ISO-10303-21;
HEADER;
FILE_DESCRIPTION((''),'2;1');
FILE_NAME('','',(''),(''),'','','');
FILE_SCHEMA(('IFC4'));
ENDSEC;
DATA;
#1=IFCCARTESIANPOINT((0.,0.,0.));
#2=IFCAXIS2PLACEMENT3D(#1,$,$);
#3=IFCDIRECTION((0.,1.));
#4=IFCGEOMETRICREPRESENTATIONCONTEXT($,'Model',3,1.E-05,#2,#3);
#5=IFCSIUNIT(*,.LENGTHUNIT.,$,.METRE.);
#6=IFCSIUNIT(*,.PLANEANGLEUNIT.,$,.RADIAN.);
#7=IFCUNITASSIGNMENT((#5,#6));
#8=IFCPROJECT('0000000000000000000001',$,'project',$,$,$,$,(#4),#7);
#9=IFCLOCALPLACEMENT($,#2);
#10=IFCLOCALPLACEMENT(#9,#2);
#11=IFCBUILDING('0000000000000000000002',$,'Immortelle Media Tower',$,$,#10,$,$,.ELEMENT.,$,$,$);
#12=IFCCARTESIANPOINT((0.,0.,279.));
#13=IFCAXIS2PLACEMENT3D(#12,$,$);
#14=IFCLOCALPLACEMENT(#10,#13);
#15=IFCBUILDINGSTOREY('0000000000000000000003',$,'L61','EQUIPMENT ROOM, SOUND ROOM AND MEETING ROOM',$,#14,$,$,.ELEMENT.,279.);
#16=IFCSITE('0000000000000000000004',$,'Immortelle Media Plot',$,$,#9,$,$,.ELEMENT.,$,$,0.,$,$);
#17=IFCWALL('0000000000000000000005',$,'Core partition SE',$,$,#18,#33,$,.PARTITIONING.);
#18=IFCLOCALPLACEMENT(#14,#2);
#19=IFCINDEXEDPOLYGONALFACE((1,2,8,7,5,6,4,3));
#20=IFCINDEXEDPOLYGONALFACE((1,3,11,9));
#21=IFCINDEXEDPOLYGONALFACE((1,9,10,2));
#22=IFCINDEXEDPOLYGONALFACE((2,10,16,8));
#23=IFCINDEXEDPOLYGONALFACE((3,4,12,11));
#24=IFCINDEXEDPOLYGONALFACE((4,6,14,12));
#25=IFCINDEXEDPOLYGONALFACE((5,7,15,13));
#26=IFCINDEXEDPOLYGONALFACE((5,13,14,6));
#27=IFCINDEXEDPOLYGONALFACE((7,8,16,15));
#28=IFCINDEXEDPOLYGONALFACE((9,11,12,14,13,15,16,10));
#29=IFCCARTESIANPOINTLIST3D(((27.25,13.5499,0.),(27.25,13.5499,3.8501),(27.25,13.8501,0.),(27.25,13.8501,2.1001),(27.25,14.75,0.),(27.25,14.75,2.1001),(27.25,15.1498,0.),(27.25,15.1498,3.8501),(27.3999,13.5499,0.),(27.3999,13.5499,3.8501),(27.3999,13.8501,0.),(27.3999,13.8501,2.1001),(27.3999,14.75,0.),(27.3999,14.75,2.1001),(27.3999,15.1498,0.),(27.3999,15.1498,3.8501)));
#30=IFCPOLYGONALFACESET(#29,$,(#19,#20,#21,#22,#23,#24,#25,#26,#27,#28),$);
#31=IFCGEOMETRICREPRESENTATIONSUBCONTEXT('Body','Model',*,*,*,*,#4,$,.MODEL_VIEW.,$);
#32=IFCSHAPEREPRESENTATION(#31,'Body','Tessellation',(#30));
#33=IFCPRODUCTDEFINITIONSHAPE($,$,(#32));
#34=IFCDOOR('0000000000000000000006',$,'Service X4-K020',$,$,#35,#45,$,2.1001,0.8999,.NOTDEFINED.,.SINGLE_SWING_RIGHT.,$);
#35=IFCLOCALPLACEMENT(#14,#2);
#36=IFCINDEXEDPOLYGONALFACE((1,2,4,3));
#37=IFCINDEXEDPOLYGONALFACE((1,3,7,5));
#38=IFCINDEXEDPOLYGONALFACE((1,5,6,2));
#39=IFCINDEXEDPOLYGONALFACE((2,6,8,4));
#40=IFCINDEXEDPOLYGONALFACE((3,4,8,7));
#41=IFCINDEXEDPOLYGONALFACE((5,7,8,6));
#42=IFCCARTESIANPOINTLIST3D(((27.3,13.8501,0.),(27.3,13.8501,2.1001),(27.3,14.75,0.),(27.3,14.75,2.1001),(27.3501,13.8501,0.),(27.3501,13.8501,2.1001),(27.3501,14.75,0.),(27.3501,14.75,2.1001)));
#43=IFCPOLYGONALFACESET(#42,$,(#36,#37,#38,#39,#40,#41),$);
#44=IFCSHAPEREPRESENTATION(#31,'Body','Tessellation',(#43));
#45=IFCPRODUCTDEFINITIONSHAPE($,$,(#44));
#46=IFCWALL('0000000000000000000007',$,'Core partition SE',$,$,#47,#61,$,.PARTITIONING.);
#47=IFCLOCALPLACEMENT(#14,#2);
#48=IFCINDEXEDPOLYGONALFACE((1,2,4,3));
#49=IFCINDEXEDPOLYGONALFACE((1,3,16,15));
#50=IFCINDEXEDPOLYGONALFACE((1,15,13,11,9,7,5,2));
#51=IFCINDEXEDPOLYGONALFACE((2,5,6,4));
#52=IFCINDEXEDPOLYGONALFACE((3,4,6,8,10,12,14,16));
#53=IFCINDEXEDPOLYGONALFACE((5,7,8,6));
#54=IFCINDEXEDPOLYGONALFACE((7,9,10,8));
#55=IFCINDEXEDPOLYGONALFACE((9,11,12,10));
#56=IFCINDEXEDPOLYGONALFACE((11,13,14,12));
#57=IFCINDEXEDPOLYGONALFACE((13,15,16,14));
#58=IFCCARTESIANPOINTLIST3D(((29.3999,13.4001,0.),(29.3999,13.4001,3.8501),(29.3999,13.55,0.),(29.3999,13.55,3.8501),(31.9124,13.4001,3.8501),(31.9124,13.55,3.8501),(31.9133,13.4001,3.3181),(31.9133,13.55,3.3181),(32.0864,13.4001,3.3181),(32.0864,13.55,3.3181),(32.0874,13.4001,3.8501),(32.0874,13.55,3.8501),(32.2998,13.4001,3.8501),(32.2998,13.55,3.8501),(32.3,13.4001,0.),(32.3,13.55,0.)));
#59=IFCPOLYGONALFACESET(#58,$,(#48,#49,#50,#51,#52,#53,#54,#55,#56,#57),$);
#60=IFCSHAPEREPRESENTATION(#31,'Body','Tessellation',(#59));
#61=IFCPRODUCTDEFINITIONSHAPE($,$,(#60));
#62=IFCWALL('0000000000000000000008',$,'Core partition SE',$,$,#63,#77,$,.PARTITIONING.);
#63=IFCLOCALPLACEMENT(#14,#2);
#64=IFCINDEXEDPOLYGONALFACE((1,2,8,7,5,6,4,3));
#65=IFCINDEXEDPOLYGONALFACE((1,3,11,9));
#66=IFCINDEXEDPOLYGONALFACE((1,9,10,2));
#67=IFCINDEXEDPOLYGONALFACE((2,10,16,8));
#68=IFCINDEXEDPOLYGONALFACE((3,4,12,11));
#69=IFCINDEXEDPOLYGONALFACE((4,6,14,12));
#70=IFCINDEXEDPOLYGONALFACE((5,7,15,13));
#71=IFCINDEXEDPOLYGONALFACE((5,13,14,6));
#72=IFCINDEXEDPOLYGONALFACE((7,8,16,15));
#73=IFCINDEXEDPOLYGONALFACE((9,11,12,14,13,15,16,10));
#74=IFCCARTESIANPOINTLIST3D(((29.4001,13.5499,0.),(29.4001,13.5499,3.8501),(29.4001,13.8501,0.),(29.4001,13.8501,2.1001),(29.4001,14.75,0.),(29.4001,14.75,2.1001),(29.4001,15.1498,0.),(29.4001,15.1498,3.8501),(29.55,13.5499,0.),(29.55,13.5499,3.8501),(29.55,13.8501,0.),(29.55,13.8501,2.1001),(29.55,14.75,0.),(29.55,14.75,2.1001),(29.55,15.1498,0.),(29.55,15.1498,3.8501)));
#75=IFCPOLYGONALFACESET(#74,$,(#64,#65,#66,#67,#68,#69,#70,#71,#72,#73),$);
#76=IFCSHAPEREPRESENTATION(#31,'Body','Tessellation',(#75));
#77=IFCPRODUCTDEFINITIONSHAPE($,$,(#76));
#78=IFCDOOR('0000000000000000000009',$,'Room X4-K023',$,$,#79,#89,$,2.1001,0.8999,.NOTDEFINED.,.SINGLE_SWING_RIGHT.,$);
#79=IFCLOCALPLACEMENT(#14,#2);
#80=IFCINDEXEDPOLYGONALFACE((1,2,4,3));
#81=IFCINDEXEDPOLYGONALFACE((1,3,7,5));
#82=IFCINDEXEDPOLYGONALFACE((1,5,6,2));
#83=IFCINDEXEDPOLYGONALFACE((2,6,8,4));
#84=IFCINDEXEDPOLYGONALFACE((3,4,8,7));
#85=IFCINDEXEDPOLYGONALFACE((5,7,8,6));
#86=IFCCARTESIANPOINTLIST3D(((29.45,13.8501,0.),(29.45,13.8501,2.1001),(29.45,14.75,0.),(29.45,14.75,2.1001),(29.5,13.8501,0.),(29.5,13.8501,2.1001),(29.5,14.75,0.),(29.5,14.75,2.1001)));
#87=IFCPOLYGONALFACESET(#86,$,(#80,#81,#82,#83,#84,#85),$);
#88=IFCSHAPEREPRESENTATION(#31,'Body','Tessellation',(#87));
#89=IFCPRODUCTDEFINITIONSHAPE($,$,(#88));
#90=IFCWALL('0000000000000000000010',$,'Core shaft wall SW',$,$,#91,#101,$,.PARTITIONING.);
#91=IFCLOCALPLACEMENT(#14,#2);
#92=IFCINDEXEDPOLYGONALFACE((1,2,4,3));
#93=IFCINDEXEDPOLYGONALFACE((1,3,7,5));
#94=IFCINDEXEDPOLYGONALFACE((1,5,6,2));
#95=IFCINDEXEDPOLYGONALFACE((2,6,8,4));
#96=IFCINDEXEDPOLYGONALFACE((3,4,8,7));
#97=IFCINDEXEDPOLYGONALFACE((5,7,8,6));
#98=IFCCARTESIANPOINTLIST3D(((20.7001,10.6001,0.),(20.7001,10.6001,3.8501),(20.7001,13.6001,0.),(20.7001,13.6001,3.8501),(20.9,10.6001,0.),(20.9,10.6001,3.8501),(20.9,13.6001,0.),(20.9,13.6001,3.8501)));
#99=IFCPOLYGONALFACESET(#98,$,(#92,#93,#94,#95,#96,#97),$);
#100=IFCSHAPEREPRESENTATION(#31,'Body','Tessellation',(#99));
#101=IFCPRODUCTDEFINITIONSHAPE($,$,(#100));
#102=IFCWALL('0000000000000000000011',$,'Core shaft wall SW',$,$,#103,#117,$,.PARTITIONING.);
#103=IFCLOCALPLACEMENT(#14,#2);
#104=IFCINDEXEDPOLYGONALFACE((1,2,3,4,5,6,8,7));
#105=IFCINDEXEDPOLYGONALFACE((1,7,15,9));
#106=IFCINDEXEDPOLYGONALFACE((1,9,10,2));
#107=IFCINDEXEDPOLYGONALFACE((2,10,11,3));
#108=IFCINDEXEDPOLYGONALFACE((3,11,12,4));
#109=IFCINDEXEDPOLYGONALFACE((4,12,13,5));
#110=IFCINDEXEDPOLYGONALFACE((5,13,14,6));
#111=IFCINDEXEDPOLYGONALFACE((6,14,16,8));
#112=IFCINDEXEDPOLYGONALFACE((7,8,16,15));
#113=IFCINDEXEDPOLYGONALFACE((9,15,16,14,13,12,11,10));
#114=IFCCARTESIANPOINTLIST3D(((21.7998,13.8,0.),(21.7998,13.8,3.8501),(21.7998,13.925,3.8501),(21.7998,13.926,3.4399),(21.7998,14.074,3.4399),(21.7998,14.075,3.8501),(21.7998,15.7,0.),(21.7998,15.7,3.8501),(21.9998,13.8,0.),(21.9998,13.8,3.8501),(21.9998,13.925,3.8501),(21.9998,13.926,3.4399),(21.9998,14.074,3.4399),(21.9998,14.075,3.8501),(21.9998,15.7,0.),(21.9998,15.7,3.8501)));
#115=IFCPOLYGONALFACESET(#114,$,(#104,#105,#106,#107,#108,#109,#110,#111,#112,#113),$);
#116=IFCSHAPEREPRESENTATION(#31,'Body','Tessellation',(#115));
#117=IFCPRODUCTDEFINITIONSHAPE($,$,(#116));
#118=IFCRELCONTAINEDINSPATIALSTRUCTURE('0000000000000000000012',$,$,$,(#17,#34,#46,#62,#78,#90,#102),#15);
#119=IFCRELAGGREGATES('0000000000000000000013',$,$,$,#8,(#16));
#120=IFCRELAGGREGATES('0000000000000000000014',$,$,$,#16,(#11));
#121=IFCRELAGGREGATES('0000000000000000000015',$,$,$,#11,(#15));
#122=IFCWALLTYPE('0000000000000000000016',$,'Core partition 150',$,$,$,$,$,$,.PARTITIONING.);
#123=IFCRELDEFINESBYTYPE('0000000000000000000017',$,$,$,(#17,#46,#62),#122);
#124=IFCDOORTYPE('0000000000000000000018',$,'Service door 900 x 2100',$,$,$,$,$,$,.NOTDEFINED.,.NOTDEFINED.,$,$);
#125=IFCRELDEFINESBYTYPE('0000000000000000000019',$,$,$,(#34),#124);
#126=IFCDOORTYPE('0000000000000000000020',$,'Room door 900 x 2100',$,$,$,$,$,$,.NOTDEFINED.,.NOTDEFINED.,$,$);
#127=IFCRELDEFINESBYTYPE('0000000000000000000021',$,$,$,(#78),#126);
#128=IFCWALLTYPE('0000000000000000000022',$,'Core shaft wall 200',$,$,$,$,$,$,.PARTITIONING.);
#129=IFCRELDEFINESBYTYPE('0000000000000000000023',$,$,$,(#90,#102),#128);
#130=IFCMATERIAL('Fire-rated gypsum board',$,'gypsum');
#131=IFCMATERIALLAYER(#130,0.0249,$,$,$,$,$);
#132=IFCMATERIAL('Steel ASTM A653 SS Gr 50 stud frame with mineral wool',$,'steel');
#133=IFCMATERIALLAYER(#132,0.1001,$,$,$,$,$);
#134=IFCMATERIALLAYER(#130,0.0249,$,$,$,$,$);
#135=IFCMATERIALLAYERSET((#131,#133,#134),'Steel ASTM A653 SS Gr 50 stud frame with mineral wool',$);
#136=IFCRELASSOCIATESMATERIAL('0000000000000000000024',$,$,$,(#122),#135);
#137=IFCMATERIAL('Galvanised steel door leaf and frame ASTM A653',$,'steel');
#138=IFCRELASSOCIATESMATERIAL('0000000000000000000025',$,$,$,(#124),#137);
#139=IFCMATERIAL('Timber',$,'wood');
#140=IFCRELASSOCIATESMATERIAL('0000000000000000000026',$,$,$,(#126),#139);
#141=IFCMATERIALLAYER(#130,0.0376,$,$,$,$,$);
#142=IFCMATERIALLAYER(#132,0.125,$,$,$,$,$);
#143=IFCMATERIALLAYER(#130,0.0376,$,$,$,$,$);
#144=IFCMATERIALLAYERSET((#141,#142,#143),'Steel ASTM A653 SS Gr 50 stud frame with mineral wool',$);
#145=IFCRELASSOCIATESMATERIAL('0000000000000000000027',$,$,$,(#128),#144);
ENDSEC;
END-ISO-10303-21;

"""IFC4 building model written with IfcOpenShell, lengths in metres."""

from ifc_helpers import new_model, si_unit, direction, frame, frame_2d, origin, place, context, subcontext, project, spatial, polyline, rectangle, outline, extrude, material, layer, layer_set, type_object, element, fill, save


model = new_model("IFC4")

# Units and contexts
model_context = context("Model", 3, precision=1e-05, world=origin(), true_north=direction((0.0, 1.0)))
body_context = subcontext(model_context, "Body", "Model", "MODEL_VIEW")
ifc_project = project(units=[si_unit("LENGTHUNIT", "METRE"), si_unit("PLANEANGLEUNIT", "RADIAN")], contexts=[model_context])

# Site, building, storey
site_placement = place(None, origin())
site = spatial("IfcSite", under=ifc_project, at=site_placement, Name="Immortelle Media Plot", CompositionType="ELEMENT", RefElevation=0.0)
building_placement = place(site_placement, origin())
building = spatial("IfcBuilding", under=site, at=building_placement, Name="Immortelle Media Tower", CompositionType="ELEMENT")
storey_placement = place(building_placement, frame((0.0, 0.0, 279.0)))
storey = spatial("IfcBuildingStorey", under=building, at=storey_placement, Name="L61", Description="EQUIPMENT ROOM, SOUND ROOM AND MEETING ROOM", CompositionType="ELEMENT", Elevation=279.0)

# Shared definitions
ifc_material_1 = material(Name="Fire-rated gypsum board", Category="gypsum")
ifc_layer_1 = layer(ifc_material_1, 0.0249)
ifc_material_2 = material(Name="Steel ASTM A653 SS Gr 50 stud frame with mineral wool", Category="steel")
ifc_layer_2 = layer(ifc_material_2, 0.1001)
ifc_layer_3 = layer(ifc_material_1, 0.0249)
ifc_layer_set_1 = layer_set([ifc_layer_1, ifc_layer_2, ifc_layer_3], Name="Steel ASTM A653 SS Gr 50 stud frame with mineral wool")
wall_type_1 = type_object("IfcWallType", Name="Core partition 150", PredefinedType="PARTITIONING", material=ifc_layer_set_1)

# Wall, opening, door
wall_1_placement = place(storey_placement, frame((27.325, 13.55, 0.0), z_axis=(0.0, 0.0, 1.0), x_axis=(0.0, 1.0, 0.0)))
wall_1 = element("IfcWall", 1, at=wall_1_placement, inside=storey, type_object=wall_type_1, Name="Core partition SE", PredefinedType="PARTITIONING", context=body_context, shape_type="SweptSolid", body=[
    extrude(rectangle(XDim=1.5999, YDim=0.1499, at=frame_2d((0.7998, 0.0))), origin(), (0.0, 0.0, 1.0), 3.8501),
])
opening_1_placement = place(wall_1_placement, frame((0.3, 0.0, 0.0)))
opening_1 = element("IfcOpeningElement", 2, at=opening_1_placement, cuts=wall_1, PredefinedType="OPENING", context=body_context, shape_type="SweptSolid", body=[
    extrude(rectangle(XDim=0.8999, YDim=2.1001, at=frame_2d((0.45, 1.05))), frame((0.0, 0.085, 0.0), z_axis=(0.0, -1.0, 0.0), x_axis=(1.0, 0.0, 0.0)), (0.0, 0.0, 1.0), 0.1699),
])
ifc_material_3 = material(Name="Galvanised steel door leaf and frame ASTM A653", Category="steel")
door_type_1 = type_object("IfcDoorType", Name="Service door 900 x 2100", OperationType="NOTDEFINED", PredefinedType="NOTDEFINED", material=ifc_material_3)
door_1_placement = place(opening_1_placement, origin())
door_1 = element("IfcDoor", 3, at=door_1_placement, inside=storey, type_object=door_type_1, Name="Service X4-K020", OperationType="SINGLE_SWING_RIGHT", OverallHeight=2.1001, OverallWidth=0.8999, PredefinedType="NOTDEFINED", context=body_context, shape_type="SweptSolid", body=[
    extrude(rectangle(XDim=0.8999, YDim=2.1001, at=frame_2d((0.45, 1.05))), frame((0.0, 0.0249, 0.0), z_axis=(0.0, -1.0, 0.0), x_axis=(1.0, 0.0, 0.0)), (0.0, 0.0, 1.0), 0.05),
])
fill(opening_1, door_1)

# Wall
wall_2_placement = place(storey_placement, frame((29.3999, 13.4751, 0.0), z_axis=(0.0, 0.0, 1.0), x_axis=(1.0, 0.0, 0.0)))
element("IfcWall", 4, at=wall_2_placement, inside=storey, type_object=wall_type_1, Name="Core partition SE", PredefinedType="PARTITIONING", context=body_context, shape_type="SweptSolid", body=[
    extrude(outline(polyline([(0.0, 0.0), (2.9001, 0.0), (2.8999, 3.8501), (2.6875, 3.8501), (2.6865, 3.3181), (2.5134, 3.3181), (2.5125, 3.8501), (0.0, 3.8501), (0.0, 0.0)])), frame((0.0, 0.075, 0.0), z_axis=(0.0, -1.0, 0.0), x_axis=(1.0, 0.0, 0.0)), (0.0, 0.0, 1.0), 0.1499),
])

# Wall, opening, door
wall_3_placement = place(storey_placement, frame((29.4751, 13.55, 0.0), z_axis=(0.0, 0.0, 1.0), x_axis=(0.0, 1.0, 0.0)))
wall_3 = element("IfcWall", 5, at=wall_3_placement, inside=storey, type_object=wall_type_1, Name="Core partition SE", PredefinedType="PARTITIONING", context=body_context, shape_type="SweptSolid", body=[
    extrude(rectangle(XDim=1.5999, YDim=0.1499, at=frame_2d((0.7998, 0.0))), origin(), (0.0, 0.0, 1.0), 3.8501),
])
opening_2_placement = place(wall_3_placement, frame((1.2, 0.0, 0.0), z_axis=(0.0, 0.0, 1.0), x_axis=(-1.0, 0.0, 0.0)))
opening_2 = element("IfcOpeningElement", 6, at=opening_2_placement, cuts=wall_3, PredefinedType="OPENING", context=body_context, shape_type="SweptSolid", body=[
    extrude(rectangle(XDim=0.8999, YDim=2.1001, at=frame_2d((0.45, 1.05))), frame((0.0, 0.085, 0.0), z_axis=(0.0, -1.0, 0.0), x_axis=(1.0, 0.0, 0.0)), (0.0, 0.0, 1.0), 0.1699),
])
ifc_material_4 = material(Name="Timber", Category="wood")
door_type_2 = type_object("IfcDoorType", Name="Room door 900 x 2100", OperationType="NOTDEFINED", PredefinedType="NOTDEFINED", material=ifc_material_4)
door_2_placement = place(opening_2_placement, origin())
door_2 = element("IfcDoor", 7, at=door_2_placement, inside=storey, type_object=door_type_2, Name="Room X4-K023", OperationType="SINGLE_SWING_RIGHT", OverallHeight=2.1001, OverallWidth=0.8999, PredefinedType="NOTDEFINED", context=body_context, shape_type="SweptSolid", body=[
    extrude(rectangle(XDim=0.8999, YDim=2.1001, at=frame_2d((0.45, 1.05))), frame((0.0, 0.0249, 0.0), z_axis=(0.0, -1.0, 0.0), x_axis=(1.0, 0.0, 0.0)), (0.0, 0.0, 1.0), 0.05),
])
fill(opening_2, door_2)

# Walls
ifc_layer_4 = layer(ifc_material_1, 0.0376)
ifc_layer_5 = layer(ifc_material_2, 0.125)
ifc_layer_6 = layer(ifc_material_1, 0.0376)
ifc_layer_set_2 = layer_set([ifc_layer_4, ifc_layer_5, ifc_layer_6], Name="Steel ASTM A653 SS Gr 50 stud frame with mineral wool")
wall_type_2 = type_object("IfcWallType", Name="Core shaft wall 200", PredefinedType="PARTITIONING", material=ifc_layer_set_2)
wall_4_placement = place(storey_placement, frame((20.8, 10.6001, 0.0), z_axis=(0.0, 0.0, 1.0), x_axis=(0.0, 1.0, 0.0)))
element("IfcWall", 8, at=wall_4_placement, inside=storey, type_object=wall_type_2, Name="Core shaft wall SW", PredefinedType="PARTITIONING", context=body_context, shape_type="SweptSolid", body=[
    extrude(rectangle(XDim=3.0, YDim=0.2, at=frame_2d((1.5, 0.0))), origin(), (0.0, 0.0, 1.0), 3.8501),
])
wall_5_placement = place(storey_placement, frame((21.8999, 13.8, 0.0), z_axis=(0.0, 0.0, 1.0), x_axis=(0.0, 1.0, 0.0)))
element("IfcWall", 9, at=wall_5_placement, inside=storey, type_object=wall_type_2, Name="Core shaft wall SW", PredefinedType="PARTITIONING", context=body_context, shape_type="SweptSolid", body=[
    extrude(outline(polyline([(0.0, 0.0), (1.8999, 0.0), (1.8999, 3.8501), (0.2749, 3.8501), (0.2739, 3.4399), (0.126, 3.4399), (0.125, 3.8501), (0.0, 3.8501), (0.0, 0.0)])), frame((0.0, 0.1001, 0.0), z_axis=(0.0, -1.0, 0.0), x_axis=(1.0, 0.0, 0.0)), (0.0, 0.0, 1.0), 0.2),
])

save(model, "model.ifc")
